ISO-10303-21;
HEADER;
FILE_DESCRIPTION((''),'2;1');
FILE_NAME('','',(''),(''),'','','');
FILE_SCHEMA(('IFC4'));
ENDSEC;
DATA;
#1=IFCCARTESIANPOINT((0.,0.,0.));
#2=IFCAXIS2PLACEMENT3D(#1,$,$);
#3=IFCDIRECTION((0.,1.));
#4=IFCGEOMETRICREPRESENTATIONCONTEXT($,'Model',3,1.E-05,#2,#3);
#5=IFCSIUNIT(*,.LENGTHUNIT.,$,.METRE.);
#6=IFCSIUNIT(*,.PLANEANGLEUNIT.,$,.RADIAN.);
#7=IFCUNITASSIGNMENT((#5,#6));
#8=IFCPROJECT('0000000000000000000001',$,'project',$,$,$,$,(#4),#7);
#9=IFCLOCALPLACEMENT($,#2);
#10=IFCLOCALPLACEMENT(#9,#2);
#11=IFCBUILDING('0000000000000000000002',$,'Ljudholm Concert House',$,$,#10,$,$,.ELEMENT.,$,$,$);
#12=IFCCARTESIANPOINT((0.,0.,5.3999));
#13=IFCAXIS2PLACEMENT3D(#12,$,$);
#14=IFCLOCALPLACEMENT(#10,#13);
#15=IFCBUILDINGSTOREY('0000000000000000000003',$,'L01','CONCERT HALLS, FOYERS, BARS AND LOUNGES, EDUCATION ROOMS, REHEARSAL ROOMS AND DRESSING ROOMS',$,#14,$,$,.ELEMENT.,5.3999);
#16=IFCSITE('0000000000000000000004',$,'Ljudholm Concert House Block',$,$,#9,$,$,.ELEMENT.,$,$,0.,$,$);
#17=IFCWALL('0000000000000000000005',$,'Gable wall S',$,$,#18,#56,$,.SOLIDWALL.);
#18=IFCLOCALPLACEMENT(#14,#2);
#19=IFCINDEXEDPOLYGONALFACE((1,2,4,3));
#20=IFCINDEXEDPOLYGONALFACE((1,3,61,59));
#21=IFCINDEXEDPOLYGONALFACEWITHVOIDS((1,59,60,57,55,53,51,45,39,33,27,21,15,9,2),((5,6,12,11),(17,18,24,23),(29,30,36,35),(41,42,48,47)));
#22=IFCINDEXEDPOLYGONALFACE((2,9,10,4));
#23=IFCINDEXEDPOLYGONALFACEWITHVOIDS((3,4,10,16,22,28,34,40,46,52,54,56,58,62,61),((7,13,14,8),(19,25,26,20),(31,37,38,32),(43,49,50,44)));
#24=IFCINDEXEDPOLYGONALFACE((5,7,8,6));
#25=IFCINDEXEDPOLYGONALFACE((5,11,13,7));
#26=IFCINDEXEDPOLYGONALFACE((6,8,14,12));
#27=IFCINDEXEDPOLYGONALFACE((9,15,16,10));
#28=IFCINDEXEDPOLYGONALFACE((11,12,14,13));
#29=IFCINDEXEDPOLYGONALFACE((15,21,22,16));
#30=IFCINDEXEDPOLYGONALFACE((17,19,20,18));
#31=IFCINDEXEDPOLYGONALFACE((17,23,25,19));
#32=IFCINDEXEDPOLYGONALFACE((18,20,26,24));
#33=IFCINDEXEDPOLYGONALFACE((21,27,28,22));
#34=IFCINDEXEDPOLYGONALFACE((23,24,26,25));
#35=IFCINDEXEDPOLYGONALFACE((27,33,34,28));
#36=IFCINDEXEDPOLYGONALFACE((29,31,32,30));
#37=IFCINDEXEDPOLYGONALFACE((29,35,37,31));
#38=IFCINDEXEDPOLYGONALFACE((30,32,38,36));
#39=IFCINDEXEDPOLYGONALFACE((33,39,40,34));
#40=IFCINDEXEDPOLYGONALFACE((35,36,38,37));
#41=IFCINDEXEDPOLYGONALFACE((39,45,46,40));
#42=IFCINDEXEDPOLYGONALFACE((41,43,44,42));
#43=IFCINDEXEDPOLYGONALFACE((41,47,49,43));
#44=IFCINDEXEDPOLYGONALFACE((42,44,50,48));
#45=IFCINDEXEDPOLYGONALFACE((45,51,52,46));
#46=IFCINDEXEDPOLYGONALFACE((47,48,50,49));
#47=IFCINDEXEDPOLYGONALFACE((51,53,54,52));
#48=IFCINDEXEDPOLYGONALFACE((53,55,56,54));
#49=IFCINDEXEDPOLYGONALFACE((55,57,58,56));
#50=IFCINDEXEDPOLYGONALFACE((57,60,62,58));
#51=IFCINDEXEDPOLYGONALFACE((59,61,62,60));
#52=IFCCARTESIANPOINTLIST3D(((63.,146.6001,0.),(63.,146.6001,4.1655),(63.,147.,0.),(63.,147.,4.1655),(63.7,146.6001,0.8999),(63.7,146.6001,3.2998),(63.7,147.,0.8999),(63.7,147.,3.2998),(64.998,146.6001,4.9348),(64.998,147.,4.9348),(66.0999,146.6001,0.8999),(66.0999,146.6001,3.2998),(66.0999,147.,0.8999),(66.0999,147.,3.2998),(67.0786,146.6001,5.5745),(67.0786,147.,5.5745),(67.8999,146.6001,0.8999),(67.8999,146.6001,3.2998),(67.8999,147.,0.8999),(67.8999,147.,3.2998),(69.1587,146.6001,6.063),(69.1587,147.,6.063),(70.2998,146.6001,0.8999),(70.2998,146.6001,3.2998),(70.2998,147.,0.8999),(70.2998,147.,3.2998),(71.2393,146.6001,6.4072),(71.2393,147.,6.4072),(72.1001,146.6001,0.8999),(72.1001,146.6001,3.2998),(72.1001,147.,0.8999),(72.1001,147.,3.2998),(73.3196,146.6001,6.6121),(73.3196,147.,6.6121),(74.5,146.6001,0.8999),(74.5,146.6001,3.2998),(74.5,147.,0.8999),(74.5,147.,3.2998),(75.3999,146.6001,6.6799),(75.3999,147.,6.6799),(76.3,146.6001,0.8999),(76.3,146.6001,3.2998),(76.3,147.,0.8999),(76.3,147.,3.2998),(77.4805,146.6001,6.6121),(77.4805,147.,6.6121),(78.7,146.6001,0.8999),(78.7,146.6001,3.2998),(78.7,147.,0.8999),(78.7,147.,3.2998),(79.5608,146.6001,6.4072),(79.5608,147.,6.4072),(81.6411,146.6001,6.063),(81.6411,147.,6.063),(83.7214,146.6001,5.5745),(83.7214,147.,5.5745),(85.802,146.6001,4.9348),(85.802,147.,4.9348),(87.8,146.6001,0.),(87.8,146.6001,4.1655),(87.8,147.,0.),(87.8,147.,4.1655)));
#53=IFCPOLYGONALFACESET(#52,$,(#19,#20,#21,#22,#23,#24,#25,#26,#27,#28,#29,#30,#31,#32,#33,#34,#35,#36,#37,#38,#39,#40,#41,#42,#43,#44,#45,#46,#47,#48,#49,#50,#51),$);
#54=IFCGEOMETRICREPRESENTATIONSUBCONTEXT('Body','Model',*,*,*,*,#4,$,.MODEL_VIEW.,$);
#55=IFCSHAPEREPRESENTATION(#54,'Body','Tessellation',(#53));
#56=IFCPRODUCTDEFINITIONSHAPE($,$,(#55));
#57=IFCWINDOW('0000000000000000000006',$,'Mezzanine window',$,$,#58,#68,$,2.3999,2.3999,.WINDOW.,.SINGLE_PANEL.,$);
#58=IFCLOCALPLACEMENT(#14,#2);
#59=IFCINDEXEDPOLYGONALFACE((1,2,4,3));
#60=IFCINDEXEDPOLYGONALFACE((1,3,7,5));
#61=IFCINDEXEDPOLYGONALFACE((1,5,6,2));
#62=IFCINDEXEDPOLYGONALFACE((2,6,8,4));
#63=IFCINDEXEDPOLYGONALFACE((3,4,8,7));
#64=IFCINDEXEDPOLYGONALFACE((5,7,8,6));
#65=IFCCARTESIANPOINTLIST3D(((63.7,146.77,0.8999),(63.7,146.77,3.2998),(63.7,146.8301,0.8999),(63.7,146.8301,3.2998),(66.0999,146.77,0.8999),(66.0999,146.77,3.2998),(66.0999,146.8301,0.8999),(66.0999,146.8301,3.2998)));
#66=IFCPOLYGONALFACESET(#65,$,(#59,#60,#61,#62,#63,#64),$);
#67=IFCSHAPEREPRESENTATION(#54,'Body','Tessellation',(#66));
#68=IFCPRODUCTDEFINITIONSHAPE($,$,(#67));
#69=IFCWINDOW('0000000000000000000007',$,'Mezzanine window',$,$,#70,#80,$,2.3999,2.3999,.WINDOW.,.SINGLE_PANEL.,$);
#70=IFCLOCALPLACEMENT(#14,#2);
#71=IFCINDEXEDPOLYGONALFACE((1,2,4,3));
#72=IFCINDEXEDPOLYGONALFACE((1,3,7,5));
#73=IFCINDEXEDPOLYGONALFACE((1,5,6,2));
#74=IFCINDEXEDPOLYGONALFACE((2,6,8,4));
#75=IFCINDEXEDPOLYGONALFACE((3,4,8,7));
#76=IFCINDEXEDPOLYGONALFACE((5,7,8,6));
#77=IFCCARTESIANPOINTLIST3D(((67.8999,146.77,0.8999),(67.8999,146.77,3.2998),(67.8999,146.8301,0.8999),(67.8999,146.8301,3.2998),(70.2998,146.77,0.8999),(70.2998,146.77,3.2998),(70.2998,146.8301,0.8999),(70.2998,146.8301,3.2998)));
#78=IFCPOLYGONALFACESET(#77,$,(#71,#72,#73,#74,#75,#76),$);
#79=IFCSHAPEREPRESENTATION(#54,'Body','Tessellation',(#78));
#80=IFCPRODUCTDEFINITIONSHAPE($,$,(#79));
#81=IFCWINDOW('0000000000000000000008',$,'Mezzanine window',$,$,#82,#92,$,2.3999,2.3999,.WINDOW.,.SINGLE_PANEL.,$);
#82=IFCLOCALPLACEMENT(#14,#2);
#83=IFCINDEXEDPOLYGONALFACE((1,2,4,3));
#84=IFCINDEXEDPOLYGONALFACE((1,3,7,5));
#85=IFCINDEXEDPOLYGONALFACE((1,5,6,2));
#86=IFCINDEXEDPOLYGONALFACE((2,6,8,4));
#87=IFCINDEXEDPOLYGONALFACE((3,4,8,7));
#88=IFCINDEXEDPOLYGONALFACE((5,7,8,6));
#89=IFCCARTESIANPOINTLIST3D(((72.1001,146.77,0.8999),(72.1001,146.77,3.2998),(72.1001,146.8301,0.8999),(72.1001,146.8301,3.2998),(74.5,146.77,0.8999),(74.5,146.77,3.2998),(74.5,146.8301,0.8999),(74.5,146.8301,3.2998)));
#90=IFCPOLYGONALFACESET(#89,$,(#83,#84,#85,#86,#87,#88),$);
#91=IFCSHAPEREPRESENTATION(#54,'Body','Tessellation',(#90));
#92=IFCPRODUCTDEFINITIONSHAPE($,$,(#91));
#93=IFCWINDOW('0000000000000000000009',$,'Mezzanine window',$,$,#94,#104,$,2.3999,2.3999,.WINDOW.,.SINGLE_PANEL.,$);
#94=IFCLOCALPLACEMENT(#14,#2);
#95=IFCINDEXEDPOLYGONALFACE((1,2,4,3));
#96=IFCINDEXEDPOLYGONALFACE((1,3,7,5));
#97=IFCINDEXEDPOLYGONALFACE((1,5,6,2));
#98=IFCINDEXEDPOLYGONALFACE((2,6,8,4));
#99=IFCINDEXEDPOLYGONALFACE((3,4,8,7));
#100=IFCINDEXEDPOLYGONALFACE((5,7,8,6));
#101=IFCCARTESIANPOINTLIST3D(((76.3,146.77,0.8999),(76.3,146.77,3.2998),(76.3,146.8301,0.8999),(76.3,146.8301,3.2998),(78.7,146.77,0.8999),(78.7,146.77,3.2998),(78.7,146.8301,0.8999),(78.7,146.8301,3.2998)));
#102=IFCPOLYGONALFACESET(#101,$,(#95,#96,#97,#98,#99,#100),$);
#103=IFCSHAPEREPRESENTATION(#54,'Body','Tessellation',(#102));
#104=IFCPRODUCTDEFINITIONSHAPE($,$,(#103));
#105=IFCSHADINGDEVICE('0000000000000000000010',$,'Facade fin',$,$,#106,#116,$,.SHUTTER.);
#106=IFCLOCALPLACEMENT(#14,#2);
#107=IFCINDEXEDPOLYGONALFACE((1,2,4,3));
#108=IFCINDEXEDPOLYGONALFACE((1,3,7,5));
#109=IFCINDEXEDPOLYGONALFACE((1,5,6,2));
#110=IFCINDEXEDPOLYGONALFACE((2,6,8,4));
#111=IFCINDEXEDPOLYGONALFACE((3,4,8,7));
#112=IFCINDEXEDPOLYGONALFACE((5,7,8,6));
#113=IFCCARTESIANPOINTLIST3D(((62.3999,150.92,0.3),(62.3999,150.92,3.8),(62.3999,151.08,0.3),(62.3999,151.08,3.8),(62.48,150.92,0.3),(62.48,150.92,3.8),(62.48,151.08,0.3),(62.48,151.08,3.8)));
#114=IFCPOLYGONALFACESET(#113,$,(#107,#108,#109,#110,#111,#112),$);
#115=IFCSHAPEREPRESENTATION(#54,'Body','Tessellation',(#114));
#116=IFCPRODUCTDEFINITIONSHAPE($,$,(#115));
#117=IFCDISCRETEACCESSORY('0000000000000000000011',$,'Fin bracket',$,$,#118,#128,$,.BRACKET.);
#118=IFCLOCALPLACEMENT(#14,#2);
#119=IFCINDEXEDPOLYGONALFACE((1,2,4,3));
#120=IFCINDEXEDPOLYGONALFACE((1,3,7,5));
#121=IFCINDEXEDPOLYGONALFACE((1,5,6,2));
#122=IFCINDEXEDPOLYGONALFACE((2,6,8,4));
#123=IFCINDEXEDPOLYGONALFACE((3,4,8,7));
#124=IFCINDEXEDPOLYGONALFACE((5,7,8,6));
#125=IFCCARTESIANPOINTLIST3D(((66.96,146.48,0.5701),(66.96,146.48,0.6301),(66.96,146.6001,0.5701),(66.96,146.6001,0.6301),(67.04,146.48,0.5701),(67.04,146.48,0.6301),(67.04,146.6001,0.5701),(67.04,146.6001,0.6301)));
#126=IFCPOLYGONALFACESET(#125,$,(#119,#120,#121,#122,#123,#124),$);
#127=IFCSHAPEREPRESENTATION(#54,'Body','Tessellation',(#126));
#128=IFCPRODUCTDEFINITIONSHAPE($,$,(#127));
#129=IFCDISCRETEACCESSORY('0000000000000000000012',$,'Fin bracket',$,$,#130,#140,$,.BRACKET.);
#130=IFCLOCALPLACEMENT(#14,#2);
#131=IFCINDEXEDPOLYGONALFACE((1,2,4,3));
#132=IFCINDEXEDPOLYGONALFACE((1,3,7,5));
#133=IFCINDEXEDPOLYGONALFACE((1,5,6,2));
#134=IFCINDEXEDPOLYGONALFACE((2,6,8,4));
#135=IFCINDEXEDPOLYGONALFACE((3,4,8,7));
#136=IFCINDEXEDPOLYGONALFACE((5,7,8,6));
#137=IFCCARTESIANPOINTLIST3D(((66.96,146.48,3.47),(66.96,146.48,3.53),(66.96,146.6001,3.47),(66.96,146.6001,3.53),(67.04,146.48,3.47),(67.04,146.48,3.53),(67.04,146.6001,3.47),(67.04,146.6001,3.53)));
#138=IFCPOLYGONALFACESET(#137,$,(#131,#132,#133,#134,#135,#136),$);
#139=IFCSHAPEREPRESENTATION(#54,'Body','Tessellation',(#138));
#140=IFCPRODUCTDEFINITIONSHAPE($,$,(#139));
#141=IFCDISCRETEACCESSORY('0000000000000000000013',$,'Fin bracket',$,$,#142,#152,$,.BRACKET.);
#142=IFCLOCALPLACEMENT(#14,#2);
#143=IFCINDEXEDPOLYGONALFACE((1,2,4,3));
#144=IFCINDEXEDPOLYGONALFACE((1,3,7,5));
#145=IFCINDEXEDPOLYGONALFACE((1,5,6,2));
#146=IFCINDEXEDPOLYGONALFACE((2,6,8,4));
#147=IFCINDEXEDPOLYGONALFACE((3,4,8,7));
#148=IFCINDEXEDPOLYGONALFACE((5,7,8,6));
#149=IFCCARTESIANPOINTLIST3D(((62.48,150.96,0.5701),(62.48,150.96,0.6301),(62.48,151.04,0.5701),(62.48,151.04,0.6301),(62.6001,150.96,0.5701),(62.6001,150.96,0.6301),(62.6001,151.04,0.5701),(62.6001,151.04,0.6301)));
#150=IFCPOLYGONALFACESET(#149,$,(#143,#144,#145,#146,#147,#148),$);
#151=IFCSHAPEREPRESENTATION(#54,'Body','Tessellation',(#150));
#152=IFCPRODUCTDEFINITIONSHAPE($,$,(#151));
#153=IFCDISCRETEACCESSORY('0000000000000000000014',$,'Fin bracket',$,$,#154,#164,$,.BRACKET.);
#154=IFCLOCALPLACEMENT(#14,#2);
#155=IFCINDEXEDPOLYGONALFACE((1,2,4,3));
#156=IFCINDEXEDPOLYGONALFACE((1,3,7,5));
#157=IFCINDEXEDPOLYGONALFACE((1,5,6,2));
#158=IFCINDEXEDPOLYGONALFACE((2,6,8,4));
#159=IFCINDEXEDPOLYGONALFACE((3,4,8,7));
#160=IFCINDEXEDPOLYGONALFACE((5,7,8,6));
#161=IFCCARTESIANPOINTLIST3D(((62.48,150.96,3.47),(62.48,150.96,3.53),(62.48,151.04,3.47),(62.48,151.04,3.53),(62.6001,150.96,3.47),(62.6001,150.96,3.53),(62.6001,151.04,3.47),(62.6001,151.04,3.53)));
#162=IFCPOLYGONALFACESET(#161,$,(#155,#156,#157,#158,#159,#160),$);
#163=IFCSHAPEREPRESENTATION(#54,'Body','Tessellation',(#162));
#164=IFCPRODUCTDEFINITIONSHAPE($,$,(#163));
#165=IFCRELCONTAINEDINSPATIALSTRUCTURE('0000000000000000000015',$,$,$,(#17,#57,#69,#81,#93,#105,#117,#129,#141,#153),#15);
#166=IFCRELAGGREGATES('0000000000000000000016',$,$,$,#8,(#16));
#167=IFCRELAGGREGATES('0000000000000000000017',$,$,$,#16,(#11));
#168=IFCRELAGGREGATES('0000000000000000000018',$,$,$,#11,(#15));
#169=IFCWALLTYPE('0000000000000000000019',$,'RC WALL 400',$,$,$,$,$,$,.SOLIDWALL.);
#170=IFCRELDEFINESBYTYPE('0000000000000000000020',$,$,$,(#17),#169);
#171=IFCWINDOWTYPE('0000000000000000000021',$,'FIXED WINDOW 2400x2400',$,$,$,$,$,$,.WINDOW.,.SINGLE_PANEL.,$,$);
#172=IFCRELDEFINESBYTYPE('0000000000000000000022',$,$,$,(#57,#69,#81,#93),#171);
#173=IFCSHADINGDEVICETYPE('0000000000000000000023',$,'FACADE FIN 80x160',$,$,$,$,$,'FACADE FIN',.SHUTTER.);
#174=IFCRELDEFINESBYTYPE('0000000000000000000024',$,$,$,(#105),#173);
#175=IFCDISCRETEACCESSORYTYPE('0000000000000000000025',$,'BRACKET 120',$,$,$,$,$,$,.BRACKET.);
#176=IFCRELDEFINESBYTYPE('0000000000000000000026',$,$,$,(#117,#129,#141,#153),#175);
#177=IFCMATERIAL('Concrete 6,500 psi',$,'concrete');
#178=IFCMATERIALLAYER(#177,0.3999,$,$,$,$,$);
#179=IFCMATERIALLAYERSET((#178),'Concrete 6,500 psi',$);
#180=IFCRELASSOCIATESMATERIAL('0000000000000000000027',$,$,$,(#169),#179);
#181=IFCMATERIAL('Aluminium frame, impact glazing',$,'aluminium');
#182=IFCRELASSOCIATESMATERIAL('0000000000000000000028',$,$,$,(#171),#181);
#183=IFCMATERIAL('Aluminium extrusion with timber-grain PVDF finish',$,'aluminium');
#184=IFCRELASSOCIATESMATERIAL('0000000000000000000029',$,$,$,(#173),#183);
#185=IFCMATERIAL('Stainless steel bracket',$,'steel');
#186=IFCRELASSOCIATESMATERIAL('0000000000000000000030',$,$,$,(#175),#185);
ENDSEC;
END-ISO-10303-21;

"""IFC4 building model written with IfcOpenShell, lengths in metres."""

from ifc_helpers import new_model, si_unit, direction, frame, frame_2d, origin, origin_2d, place, context, subcontext, project, spatial, polyline, rectangle, outline, extrude, material, layer, layer_set, type_object, element, fill, save


model = new_model("IFC4")

# Units and contexts
model_context = context("Model", 3, precision=1e-05, world=origin(), true_north=direction((0.0, 1.0)))
body_context = subcontext(model_context, "Body", "Model", "MODEL_VIEW")
ifc_project = project(units=[si_unit("LENGTHUNIT", "METRE"), si_unit("PLANEANGLEUNIT", "RADIAN")], contexts=[model_context])

# Site, building, storey
site_placement = place(None, origin())
site = spatial("IfcSite", under=ifc_project, at=site_placement, Name="Ljudholm Concert House Block", CompositionType="ELEMENT", RefElevation=0.0)
building_placement = place(site_placement, origin())
building = spatial("IfcBuilding", under=site, at=building_placement, Name="Ljudholm Concert House", CompositionType="ELEMENT")
storey_placement = place(building_placement, frame((0.0, 0.0, 5.3999)))
storey = spatial("IfcBuildingStorey", under=building, at=storey_placement, Name="L01", Description="CONCERT HALLS, FOYERS, BARS AND LOUNGES, EDUCATION ROOMS, REHEARSAL ROOMS AND DRESSING ROOMS", CompositionType="ELEMENT", Elevation=5.3999)

# Wall, openings, windows
ifc_material_1 = material(Name="Concrete 6,500 psi", Category="concrete")
ifc_layer_1 = layer(ifc_material_1, 0.3999)
ifc_layer_set_1 = layer_set([ifc_layer_1], Name="Concrete 6,500 psi")
wall_type_1 = type_object("IfcWallType", Name="RC WALL 400", PredefinedType="SOLIDWALL", material=ifc_layer_set_1)
ifc_material_2 = material(Name="Aluminium frame, impact glazing", Category="aluminium")
window_type = type_object("IfcWindowType", Name="FIXED WINDOW 2400x2400", PartitioningType="SINGLE_PANEL", PredefinedType="WINDOW", material=ifc_material_2)
wall_1_placement = place(storey_placement, frame((63.0, 146.8, 0.0), z_axis=(0.0, 0.0, 1.0), x_axis=(1.0, 0.0, 0.0)))
wall_1 = element("IfcWall", 1, at=wall_1_placement, inside=storey, type_object=wall_type_1, Name="Gable wall S", PredefinedType="SOLIDWALL", context=body_context, shape_type="SweptSolid", body=[
    extrude(outline(polyline([(0.0, 0.0), (24.8, 0.0), (24.8, 4.1655), (22.802, 4.9348), (20.7214, 5.5745), (18.6411, 6.063), (16.5608, 6.4072), (14.4805, 6.6121), (12.3999, 6.6799), (10.3196, 6.6121), (8.2393, 6.4072), (6.1587, 6.063), (4.0786, 5.5745), (1.998, 4.9348), (0.0, 4.1655), (0.0, 0.0)])), frame((0.0, 0.2, 0.0), z_axis=(0.0, -1.0, 0.0), x_axis=(1.0, 0.0, 0.0)), (0.0, 0.0, 1.0), 0.3999),
])
opening_1_placement = place(wall_1_placement, frame((0.7, 0.0, 0.8999)))
opening_1 = element("IfcOpeningElement", 2, at=opening_1_placement, cuts=wall_1, PredefinedType="OPENING", context=body_context, shape_type="SweptSolid", body=[
    extrude(rectangle(XDim=2.3999, YDim=2.3999, at=frame_2d((1.2, 1.2))), frame((0.0, 0.21, 0.0), z_axis=(0.0, -1.0, 0.0), x_axis=(1.0, 0.0, 0.0)), (0.0, 0.0, 1.0), 0.4199),
])
opening_2_placement = place(wall_1_placement, frame((4.8999, 0.0, 0.8999)))
opening_2 = element("IfcOpeningElement", 3, at=opening_2_placement, cuts=wall_1, PredefinedType="OPENING", context=body_context, shape_type="SweptSolid", body=[
    extrude(rectangle(XDim=2.3999, YDim=2.3999, at=frame_2d((1.2, 1.2))), frame((0.0, 0.21, 0.0), z_axis=(0.0, -1.0, 0.0), x_axis=(1.0, 0.0, 0.0)), (0.0, 0.0, 1.0), 0.4199),
])
opening_3_placement = place(wall_1_placement, frame((9.1001, 0.0, 0.8999)))
opening_3 = element("IfcOpeningElement", 4, at=opening_3_placement, cuts=wall_1, PredefinedType="OPENING", context=body_context, shape_type="SweptSolid", body=[
    extrude(rectangle(XDim=2.3999, YDim=2.3999, at=frame_2d((1.2, 1.2))), frame((0.0, 0.21, 0.0), z_axis=(0.0, -1.0, 0.0), x_axis=(1.0, 0.0, 0.0)), (0.0, 0.0, 1.0), 0.4199),
])
opening_4_placement = place(wall_1_placement, frame((13.3, 0.0, 0.8999)))
opening_4 = element("IfcOpeningElement", 5, at=opening_4_placement, cuts=wall_1, PredefinedType="OPENING", context=body_context, shape_type="SweptSolid", body=[
    extrude(rectangle(XDim=2.3999, YDim=2.3999, at=frame_2d((1.2, 1.2))), frame((0.0, 0.21, 0.0), z_axis=(0.0, -1.0, 0.0), x_axis=(1.0, 0.0, 0.0)), (0.0, 0.0, 1.0), 0.4199),
])
window_1_placement = place(opening_1_placement, origin())
window_1 = element("IfcWindow", 6, at=window_1_placement, inside=storey, type_object=window_type, Name="Mezzanine window", OverallHeight=2.3999, OverallWidth=2.3999, PartitioningType="SINGLE_PANEL", PredefinedType="WINDOW", context=body_context, shape_type="SweptSolid", body=[
    extrude(rectangle(XDim=2.3999, YDim=2.3999, at=frame_2d((1.2, 1.2))), frame((0.0, 0.03, 0.0), z_axis=(0.0, -1.0, 0.0), x_axis=(1.0, 0.0, 0.0)), (0.0, 0.0, 1.0), 0.0601),
])
fill(opening_1, window_1)
window_2_placement = place(opening_2_placement, origin())
window_2 = element("IfcWindow", 7, at=window_2_placement, inside=storey, type_object=window_type, Name="Mezzanine window", OverallHeight=2.3999, OverallWidth=2.3999, PartitioningType="SINGLE_PANEL", PredefinedType="WINDOW", context=body_context, shape_type="SweptSolid", body=[
    extrude(rectangle(XDim=2.3999, YDim=2.3999, at=frame_2d((1.2, 1.2))), frame((0.0, 0.03, 0.0), z_axis=(0.0, -1.0, 0.0), x_axis=(1.0, 0.0, 0.0)), (0.0, 0.0, 1.0), 0.0601),
])
fill(opening_2, window_2)
window_3_placement = place(opening_3_placement, origin())
window_3 = element("IfcWindow", 8, at=window_3_placement, inside=storey, type_object=window_type, Name="Mezzanine window", OverallHeight=2.3999, OverallWidth=2.3999, PartitioningType="SINGLE_PANEL", PredefinedType="WINDOW", context=body_context, shape_type="SweptSolid", body=[
    extrude(rectangle(XDim=2.3999, YDim=2.3999, at=frame_2d((1.2, 1.2))), frame((0.0, 0.03, 0.0), z_axis=(0.0, -1.0, 0.0), x_axis=(1.0, 0.0, 0.0)), (0.0, 0.0, 1.0), 0.0601),
])
fill(opening_3, window_3)
window_4_placement = place(opening_4_placement, origin())
window_4 = element("IfcWindow", 9, at=window_4_placement, inside=storey, type_object=window_type, Name="Mezzanine window", OverallHeight=2.3999, OverallWidth=2.3999, PartitioningType="SINGLE_PANEL", PredefinedType="WINDOW", context=body_context, shape_type="SweptSolid", body=[
    extrude(rectangle(XDim=2.3999, YDim=2.3999, at=frame_2d((1.2, 1.2))), frame((0.0, 0.03, 0.0), z_axis=(0.0, -1.0, 0.0), x_axis=(1.0, 0.0, 0.0)), (0.0, 0.0, 1.0), 0.0601),
])
fill(opening_4, window_4)

# Shading device
ifc_material_3 = material(Name="Aluminium extrusion with timber-grain PVDF finish", Category="aluminium")
shading_device_type = type_object("IfcShadingDeviceType", Name="FACADE FIN 80x160", ElementType="FACADE FIN", PredefinedType="SHUTTER", material=ifc_material_3)
shading_device_placement = place(storey_placement, frame((62.4399, 151.0, 0.3), z_axis=(0.0, 0.0, 1.0), x_axis=(-1.0, 0.0, 0.0)))
element("IfcShadingDevice", 10, at=shading_device_placement, inside=storey, type_object=shading_device_type, Name="Facade fin", PredefinedType="SHUTTER", context=body_context, shape_type="SweptSolid", body=[
    extrude(rectangle(XDim=0.0801, YDim=0.1599, at=origin_2d()), origin(), (0.0, 0.0, 1.0), 3.5),
])

# Discrete accessories
ifc_material_4 = material(Name="Stainless steel bracket", Category="steel")
discrete_accessory_type = type_object("IfcDiscreteAccessoryType", Name="BRACKET 120", PredefinedType="BRACKET", material=ifc_material_4)
for number, where, z_axis, x_axis, name in (
    (11, (67.0, 146.54, 0.5701), (0.0, 0.0, 1.0), (0.0, -1.0, 0.0), "Fin bracket"),
    (12, (67.0, 146.54, 3.47), (0.0, 0.0, 1.0), (0.0, -1.0, 0.0), "Fin bracket"),
    (13, (62.54, 151.0, 0.5701), (0.0, 0.0, 1.0), (-1.0, 0.0, 0.0), "Fin bracket"),
    (14, (62.54, 151.0, 3.47), (0.0, 0.0, 1.0), (-1.0, 0.0, 0.0), "Fin bracket"),
):
    element("IfcDiscreteAccessory", number, at=place(storey_placement, frame(where, z_axis=z_axis, x_axis=x_axis)), inside=storey, type_object=discrete_accessory_type, Name=name, PredefinedType="BRACKET", context=body_context, shape_type="SweptSolid", body=[
        extrude(rectangle(XDim=0.1201, YDim=0.0801, at=origin_2d()), origin(), (0.0, 0.0, 1.0), 0.0601),
    ])

save(model, "model.ifc")
